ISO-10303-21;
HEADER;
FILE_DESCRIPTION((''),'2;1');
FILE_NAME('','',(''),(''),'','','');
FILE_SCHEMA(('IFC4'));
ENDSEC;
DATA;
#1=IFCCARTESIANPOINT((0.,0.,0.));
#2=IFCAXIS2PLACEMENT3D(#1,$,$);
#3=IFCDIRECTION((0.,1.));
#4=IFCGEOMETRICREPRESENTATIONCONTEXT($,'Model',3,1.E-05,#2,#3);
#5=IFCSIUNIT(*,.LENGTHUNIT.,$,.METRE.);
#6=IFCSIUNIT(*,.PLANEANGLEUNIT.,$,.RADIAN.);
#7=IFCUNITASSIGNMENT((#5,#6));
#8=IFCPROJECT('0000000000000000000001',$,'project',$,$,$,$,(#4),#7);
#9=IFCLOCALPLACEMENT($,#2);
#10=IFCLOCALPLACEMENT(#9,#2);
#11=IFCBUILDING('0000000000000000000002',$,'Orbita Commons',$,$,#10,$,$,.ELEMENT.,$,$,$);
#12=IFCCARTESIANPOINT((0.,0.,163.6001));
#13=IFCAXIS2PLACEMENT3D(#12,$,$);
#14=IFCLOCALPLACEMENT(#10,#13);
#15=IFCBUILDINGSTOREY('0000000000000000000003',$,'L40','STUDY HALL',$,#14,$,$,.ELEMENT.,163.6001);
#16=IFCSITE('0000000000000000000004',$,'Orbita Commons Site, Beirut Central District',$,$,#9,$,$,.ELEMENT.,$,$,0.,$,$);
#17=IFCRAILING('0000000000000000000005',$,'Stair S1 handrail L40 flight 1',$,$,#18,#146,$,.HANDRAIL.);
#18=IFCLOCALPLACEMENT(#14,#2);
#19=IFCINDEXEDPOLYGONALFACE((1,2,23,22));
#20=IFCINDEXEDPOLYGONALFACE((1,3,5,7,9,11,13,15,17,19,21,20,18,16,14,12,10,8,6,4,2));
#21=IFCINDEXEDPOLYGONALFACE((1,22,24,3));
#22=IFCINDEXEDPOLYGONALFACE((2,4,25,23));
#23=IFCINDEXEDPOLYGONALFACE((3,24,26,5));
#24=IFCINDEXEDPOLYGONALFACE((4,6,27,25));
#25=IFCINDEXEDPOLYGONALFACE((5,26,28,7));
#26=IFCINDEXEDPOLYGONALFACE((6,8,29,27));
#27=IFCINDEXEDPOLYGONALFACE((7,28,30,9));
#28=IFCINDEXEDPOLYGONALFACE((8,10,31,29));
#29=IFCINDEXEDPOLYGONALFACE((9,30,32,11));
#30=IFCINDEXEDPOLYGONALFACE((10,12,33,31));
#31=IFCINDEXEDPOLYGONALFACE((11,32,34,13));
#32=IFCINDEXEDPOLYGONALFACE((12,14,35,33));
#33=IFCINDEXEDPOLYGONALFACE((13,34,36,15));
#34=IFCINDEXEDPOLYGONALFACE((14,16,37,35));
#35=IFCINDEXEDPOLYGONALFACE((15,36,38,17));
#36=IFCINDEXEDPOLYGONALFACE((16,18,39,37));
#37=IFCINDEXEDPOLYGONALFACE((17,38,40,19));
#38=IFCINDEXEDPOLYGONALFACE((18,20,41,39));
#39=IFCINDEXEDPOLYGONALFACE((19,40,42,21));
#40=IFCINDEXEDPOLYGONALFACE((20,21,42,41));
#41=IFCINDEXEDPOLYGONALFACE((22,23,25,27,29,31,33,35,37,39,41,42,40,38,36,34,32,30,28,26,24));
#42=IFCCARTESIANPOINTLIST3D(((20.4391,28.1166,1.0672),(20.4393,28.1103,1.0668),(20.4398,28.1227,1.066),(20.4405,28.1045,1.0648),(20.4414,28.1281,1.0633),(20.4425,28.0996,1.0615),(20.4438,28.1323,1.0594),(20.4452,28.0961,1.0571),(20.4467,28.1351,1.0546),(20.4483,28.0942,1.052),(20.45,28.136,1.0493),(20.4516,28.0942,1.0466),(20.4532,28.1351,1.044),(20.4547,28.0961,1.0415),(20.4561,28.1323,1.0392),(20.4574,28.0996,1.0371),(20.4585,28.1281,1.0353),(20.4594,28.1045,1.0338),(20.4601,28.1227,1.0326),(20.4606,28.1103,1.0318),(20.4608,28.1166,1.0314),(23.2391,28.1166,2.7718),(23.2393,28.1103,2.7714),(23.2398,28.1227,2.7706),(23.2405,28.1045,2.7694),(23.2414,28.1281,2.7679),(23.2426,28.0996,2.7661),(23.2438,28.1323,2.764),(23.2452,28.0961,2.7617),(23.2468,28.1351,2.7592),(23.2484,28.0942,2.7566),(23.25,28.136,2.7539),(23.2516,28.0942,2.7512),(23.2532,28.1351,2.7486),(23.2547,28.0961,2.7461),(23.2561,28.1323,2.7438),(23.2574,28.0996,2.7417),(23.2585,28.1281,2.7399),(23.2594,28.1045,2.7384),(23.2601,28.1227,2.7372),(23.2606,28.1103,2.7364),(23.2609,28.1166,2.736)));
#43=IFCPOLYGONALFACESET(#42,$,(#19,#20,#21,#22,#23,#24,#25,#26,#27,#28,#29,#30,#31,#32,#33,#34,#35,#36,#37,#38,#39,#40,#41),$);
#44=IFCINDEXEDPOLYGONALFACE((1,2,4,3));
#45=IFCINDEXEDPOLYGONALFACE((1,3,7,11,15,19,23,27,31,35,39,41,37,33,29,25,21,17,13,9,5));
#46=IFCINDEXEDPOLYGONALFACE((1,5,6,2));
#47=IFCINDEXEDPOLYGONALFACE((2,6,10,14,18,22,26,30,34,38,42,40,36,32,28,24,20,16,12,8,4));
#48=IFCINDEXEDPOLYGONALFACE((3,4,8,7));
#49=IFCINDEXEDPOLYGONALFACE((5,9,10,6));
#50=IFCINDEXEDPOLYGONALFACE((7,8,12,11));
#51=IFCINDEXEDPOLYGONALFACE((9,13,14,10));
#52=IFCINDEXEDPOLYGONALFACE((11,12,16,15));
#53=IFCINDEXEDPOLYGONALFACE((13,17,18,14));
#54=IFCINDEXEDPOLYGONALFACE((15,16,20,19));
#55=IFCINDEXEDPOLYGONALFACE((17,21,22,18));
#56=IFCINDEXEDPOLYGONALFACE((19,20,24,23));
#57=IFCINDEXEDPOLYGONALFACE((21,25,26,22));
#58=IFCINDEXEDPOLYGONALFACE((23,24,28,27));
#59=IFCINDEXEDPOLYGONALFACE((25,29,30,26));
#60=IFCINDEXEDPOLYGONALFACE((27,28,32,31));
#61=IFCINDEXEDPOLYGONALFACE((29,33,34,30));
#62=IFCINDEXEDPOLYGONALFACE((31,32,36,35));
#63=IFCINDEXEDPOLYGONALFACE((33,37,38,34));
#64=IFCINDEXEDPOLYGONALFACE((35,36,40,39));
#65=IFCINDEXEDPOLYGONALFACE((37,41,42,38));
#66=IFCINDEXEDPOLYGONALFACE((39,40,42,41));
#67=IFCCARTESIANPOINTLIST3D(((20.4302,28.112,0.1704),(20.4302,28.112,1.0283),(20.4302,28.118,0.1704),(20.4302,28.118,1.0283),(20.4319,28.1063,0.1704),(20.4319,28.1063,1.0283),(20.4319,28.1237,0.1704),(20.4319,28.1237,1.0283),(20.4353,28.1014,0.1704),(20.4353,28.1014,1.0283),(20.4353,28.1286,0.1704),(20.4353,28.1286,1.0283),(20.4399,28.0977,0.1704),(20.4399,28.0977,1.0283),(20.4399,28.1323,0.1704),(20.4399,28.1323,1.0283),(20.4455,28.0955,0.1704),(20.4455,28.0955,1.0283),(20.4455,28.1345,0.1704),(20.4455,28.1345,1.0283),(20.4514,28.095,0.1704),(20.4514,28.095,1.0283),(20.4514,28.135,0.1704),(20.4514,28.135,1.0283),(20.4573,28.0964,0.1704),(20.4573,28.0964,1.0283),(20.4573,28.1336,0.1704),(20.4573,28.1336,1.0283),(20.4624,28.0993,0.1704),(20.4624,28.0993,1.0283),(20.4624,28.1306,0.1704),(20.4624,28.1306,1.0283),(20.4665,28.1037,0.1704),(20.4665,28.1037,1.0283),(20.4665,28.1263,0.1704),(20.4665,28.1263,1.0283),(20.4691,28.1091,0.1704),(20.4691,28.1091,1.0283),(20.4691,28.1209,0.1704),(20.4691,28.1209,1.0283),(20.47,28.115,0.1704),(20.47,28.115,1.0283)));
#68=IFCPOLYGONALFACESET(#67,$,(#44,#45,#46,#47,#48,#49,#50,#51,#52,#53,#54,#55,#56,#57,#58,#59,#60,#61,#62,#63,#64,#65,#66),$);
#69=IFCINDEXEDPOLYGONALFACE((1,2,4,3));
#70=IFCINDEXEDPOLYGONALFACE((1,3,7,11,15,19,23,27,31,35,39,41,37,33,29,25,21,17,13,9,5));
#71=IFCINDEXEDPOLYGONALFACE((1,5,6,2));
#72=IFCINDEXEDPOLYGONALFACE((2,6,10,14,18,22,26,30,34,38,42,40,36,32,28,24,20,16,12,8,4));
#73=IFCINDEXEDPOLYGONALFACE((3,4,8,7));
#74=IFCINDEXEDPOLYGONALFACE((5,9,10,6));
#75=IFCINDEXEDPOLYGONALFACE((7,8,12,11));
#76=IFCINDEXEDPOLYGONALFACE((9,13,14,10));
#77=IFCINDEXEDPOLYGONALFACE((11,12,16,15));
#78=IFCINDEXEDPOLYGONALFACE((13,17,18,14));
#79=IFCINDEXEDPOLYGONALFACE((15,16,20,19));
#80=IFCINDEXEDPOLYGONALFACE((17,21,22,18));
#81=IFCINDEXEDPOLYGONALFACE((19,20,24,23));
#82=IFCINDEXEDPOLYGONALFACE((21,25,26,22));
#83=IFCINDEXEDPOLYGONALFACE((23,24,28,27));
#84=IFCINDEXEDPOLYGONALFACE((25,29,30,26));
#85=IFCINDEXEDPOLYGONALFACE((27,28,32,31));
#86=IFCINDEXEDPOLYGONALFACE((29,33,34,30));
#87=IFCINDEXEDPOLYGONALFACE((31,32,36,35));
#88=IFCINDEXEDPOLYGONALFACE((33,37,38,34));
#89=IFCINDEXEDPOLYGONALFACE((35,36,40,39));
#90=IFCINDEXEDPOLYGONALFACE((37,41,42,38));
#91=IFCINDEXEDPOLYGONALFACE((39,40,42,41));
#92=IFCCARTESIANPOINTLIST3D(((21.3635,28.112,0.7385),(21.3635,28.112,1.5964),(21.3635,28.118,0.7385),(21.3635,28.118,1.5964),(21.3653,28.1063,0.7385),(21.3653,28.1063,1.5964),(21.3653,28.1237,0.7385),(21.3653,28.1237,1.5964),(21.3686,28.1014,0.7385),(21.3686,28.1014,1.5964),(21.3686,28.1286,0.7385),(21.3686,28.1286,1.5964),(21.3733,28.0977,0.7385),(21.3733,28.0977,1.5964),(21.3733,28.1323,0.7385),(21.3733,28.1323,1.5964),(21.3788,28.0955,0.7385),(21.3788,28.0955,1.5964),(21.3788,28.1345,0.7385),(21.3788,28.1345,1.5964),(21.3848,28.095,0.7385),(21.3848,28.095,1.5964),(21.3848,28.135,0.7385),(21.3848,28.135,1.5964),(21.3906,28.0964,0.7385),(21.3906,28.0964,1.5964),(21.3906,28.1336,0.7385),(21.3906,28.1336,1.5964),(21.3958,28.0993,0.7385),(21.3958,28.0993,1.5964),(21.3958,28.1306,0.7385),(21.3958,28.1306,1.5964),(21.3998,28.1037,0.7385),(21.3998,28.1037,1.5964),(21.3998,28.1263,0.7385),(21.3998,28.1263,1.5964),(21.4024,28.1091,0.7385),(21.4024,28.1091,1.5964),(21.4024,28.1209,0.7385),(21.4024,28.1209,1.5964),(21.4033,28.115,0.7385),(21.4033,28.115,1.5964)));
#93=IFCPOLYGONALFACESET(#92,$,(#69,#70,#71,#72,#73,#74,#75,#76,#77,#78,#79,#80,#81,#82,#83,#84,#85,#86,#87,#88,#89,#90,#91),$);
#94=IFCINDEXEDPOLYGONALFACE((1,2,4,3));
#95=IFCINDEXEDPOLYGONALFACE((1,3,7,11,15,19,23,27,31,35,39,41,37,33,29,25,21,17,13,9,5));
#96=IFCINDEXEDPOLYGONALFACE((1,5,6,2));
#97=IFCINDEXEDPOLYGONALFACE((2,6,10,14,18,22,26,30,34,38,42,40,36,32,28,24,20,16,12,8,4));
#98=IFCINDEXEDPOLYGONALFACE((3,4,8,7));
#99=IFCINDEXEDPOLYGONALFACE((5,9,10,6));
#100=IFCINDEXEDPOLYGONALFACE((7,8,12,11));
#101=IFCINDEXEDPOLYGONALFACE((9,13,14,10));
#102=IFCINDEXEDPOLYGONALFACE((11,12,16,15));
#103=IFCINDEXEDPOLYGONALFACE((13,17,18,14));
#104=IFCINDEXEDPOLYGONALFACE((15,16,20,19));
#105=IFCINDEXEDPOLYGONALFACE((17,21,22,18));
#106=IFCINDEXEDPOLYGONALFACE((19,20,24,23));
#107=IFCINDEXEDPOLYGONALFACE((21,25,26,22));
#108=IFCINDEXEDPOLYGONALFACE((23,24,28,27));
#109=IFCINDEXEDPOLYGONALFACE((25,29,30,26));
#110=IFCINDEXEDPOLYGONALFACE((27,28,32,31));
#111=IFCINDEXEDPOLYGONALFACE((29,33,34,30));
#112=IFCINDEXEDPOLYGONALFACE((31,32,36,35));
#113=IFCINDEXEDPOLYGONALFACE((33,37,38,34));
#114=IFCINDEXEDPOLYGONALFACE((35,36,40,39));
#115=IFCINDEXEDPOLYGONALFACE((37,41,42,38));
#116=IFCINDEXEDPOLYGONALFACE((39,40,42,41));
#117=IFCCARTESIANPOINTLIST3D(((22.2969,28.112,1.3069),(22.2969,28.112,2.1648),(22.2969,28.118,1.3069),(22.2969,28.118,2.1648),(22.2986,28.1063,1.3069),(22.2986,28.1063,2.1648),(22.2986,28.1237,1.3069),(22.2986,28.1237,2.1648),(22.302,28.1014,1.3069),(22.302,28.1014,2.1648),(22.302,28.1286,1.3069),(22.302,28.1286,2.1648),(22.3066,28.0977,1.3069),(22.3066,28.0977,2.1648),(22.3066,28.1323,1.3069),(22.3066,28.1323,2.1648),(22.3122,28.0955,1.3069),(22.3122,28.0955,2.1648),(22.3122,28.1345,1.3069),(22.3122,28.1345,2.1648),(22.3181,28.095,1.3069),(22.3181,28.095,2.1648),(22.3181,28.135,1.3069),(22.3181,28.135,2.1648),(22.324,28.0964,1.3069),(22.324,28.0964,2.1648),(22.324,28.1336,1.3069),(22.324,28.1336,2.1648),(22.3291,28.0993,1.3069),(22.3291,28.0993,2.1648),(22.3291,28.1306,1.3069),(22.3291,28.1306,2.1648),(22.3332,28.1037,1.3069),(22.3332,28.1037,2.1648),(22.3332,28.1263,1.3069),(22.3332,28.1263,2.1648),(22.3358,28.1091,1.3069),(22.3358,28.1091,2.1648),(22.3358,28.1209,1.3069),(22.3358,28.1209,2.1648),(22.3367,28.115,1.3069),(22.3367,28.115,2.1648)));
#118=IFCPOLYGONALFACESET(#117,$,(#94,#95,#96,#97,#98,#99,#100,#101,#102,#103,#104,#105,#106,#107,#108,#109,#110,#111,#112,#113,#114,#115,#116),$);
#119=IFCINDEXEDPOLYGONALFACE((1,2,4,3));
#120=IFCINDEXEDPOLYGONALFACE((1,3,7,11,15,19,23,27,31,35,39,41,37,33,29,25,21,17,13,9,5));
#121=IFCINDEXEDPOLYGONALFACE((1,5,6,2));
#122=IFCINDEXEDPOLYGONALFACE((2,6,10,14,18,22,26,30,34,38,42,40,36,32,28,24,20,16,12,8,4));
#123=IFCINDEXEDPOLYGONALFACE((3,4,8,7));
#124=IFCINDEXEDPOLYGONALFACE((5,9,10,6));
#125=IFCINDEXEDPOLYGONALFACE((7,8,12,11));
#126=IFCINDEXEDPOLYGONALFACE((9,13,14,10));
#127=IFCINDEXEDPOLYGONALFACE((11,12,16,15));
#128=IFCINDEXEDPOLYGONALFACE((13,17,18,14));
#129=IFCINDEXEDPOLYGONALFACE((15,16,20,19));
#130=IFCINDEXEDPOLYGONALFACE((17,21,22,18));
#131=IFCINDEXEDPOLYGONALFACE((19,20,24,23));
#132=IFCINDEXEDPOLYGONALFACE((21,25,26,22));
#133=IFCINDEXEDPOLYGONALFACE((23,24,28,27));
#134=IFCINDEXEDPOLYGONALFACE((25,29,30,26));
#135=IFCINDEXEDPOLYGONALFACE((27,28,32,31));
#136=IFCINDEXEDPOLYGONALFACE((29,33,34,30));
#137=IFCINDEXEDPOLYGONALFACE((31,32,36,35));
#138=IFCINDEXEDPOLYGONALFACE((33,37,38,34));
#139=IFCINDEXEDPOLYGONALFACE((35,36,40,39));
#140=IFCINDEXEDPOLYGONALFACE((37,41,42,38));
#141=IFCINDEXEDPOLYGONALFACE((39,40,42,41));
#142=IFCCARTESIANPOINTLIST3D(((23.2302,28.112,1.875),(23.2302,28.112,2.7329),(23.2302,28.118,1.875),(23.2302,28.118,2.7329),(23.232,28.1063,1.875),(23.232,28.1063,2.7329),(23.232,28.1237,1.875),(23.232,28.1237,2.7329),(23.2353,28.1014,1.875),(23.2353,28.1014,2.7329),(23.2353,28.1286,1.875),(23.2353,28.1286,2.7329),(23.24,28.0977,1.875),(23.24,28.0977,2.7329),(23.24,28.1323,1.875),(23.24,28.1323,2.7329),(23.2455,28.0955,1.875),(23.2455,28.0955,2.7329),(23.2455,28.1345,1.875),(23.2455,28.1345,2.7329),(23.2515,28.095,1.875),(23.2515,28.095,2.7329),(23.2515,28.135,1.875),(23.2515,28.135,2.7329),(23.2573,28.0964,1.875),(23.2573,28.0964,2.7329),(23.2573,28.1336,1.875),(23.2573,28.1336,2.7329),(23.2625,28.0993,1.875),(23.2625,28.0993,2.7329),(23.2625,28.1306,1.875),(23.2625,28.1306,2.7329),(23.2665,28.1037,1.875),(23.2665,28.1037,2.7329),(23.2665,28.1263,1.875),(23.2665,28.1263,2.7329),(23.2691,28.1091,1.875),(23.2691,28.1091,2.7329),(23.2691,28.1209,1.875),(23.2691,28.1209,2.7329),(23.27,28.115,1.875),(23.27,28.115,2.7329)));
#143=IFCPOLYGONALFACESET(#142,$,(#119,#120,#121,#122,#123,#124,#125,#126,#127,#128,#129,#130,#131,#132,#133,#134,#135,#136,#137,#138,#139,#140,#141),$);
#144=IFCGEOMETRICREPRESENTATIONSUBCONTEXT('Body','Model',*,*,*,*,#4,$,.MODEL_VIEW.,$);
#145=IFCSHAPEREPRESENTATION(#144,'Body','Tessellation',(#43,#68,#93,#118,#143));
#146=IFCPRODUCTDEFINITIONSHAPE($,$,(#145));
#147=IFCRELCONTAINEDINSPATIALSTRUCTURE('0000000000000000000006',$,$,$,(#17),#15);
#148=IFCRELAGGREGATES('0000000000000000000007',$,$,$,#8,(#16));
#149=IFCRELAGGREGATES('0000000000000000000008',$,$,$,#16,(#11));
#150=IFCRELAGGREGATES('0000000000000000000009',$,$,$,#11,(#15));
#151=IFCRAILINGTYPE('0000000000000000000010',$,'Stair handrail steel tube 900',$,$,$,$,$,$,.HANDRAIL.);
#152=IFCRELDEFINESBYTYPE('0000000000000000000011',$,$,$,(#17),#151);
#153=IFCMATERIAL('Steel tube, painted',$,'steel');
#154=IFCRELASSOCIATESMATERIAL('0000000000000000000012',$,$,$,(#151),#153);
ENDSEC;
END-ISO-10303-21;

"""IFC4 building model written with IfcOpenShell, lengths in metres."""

from ifc_helpers import new_model, si_unit, direction, frame, origin, origin_2d, place, context, subcontext, project, spatial, circle, extrude, material, type_object, element, save


model = new_model("IFC4")

# Units and contexts
model_context = context("Model", 3, precision=1e-05, world=origin(), true_north=direction((0.0, 1.0)))
body_context = subcontext(model_context, "Body", "Model", "MODEL_VIEW")
ifc_project = project(units=[si_unit("LENGTHUNIT", "METRE"), si_unit("PLANEANGLEUNIT", "RADIAN")], contexts=[model_context])

# Site, building, storey
site_placement = place(None, origin())
site = spatial("IfcSite", under=ifc_project, at=site_placement, Name="Orbita Commons Site, Beirut Central District", CompositionType="ELEMENT", RefElevation=0.0)
building_placement = place(site_placement, origin())
building = spatial("IfcBuilding", under=site, at=building_placement, Name="Orbita Commons", CompositionType="ELEMENT")
storey_placement = place(building_placement, frame((0.0, 0.0, 163.6001)))
storey = spatial("IfcBuildingStorey", under=building, at=storey_placement, Name="L40", Description="STUDY HALL", CompositionType="ELEMENT", Elevation=163.6001)

# Railing
ifc_material_1 = material(Name="Steel tube, painted", Category="steel")
railing_type = type_object("IfcRailingType", Name="Stair handrail steel tube 900", PredefinedType="HANDRAIL", material=ifc_material_1)
for number, where, name in (
    (1, (20.45, 28.115, 0.1704), "Stair S1 handrail L40 flight 1"),
):
    element("IfcRailing", number, at=place(storey_placement, frame(where)), inside=storey, type_object=railing_type, Name=name, PredefinedType="HANDRAIL", context=body_context, shape_type="SweptSolid", body=[
        extrude(circle(Radius=0.021, at=origin_2d()), frame((0.0, 0.0, 0.8789), z_axis=(0.85417, 0.0, 0.519994), x_axis=(0.0, 1.0, 0.0)), (0.0, 0.0, 1.0), 3.2781),
        extrude(circle(Radius=0.02, at=origin_2d()), origin(), (0.0, 0.0, 1.0), 0.8579),
        extrude(circle(Radius=0.02, at=origin_2d()), frame((0.9333, 0.0, 0.5681)), (0.0, 0.0, 1.0), 0.8579),
        extrude(circle(Radius=0.02, at=origin_2d()), frame((1.8667, 0.0, 1.1365)), (0.0, 0.0, 1.0), 0.8579),
        extrude(circle(Radius=0.02, at=origin_2d()), frame((2.8, 0.0, 1.7046)), (0.0, 0.0, 1.0), 0.8579),
    ])

save(model, "model.ifc")
